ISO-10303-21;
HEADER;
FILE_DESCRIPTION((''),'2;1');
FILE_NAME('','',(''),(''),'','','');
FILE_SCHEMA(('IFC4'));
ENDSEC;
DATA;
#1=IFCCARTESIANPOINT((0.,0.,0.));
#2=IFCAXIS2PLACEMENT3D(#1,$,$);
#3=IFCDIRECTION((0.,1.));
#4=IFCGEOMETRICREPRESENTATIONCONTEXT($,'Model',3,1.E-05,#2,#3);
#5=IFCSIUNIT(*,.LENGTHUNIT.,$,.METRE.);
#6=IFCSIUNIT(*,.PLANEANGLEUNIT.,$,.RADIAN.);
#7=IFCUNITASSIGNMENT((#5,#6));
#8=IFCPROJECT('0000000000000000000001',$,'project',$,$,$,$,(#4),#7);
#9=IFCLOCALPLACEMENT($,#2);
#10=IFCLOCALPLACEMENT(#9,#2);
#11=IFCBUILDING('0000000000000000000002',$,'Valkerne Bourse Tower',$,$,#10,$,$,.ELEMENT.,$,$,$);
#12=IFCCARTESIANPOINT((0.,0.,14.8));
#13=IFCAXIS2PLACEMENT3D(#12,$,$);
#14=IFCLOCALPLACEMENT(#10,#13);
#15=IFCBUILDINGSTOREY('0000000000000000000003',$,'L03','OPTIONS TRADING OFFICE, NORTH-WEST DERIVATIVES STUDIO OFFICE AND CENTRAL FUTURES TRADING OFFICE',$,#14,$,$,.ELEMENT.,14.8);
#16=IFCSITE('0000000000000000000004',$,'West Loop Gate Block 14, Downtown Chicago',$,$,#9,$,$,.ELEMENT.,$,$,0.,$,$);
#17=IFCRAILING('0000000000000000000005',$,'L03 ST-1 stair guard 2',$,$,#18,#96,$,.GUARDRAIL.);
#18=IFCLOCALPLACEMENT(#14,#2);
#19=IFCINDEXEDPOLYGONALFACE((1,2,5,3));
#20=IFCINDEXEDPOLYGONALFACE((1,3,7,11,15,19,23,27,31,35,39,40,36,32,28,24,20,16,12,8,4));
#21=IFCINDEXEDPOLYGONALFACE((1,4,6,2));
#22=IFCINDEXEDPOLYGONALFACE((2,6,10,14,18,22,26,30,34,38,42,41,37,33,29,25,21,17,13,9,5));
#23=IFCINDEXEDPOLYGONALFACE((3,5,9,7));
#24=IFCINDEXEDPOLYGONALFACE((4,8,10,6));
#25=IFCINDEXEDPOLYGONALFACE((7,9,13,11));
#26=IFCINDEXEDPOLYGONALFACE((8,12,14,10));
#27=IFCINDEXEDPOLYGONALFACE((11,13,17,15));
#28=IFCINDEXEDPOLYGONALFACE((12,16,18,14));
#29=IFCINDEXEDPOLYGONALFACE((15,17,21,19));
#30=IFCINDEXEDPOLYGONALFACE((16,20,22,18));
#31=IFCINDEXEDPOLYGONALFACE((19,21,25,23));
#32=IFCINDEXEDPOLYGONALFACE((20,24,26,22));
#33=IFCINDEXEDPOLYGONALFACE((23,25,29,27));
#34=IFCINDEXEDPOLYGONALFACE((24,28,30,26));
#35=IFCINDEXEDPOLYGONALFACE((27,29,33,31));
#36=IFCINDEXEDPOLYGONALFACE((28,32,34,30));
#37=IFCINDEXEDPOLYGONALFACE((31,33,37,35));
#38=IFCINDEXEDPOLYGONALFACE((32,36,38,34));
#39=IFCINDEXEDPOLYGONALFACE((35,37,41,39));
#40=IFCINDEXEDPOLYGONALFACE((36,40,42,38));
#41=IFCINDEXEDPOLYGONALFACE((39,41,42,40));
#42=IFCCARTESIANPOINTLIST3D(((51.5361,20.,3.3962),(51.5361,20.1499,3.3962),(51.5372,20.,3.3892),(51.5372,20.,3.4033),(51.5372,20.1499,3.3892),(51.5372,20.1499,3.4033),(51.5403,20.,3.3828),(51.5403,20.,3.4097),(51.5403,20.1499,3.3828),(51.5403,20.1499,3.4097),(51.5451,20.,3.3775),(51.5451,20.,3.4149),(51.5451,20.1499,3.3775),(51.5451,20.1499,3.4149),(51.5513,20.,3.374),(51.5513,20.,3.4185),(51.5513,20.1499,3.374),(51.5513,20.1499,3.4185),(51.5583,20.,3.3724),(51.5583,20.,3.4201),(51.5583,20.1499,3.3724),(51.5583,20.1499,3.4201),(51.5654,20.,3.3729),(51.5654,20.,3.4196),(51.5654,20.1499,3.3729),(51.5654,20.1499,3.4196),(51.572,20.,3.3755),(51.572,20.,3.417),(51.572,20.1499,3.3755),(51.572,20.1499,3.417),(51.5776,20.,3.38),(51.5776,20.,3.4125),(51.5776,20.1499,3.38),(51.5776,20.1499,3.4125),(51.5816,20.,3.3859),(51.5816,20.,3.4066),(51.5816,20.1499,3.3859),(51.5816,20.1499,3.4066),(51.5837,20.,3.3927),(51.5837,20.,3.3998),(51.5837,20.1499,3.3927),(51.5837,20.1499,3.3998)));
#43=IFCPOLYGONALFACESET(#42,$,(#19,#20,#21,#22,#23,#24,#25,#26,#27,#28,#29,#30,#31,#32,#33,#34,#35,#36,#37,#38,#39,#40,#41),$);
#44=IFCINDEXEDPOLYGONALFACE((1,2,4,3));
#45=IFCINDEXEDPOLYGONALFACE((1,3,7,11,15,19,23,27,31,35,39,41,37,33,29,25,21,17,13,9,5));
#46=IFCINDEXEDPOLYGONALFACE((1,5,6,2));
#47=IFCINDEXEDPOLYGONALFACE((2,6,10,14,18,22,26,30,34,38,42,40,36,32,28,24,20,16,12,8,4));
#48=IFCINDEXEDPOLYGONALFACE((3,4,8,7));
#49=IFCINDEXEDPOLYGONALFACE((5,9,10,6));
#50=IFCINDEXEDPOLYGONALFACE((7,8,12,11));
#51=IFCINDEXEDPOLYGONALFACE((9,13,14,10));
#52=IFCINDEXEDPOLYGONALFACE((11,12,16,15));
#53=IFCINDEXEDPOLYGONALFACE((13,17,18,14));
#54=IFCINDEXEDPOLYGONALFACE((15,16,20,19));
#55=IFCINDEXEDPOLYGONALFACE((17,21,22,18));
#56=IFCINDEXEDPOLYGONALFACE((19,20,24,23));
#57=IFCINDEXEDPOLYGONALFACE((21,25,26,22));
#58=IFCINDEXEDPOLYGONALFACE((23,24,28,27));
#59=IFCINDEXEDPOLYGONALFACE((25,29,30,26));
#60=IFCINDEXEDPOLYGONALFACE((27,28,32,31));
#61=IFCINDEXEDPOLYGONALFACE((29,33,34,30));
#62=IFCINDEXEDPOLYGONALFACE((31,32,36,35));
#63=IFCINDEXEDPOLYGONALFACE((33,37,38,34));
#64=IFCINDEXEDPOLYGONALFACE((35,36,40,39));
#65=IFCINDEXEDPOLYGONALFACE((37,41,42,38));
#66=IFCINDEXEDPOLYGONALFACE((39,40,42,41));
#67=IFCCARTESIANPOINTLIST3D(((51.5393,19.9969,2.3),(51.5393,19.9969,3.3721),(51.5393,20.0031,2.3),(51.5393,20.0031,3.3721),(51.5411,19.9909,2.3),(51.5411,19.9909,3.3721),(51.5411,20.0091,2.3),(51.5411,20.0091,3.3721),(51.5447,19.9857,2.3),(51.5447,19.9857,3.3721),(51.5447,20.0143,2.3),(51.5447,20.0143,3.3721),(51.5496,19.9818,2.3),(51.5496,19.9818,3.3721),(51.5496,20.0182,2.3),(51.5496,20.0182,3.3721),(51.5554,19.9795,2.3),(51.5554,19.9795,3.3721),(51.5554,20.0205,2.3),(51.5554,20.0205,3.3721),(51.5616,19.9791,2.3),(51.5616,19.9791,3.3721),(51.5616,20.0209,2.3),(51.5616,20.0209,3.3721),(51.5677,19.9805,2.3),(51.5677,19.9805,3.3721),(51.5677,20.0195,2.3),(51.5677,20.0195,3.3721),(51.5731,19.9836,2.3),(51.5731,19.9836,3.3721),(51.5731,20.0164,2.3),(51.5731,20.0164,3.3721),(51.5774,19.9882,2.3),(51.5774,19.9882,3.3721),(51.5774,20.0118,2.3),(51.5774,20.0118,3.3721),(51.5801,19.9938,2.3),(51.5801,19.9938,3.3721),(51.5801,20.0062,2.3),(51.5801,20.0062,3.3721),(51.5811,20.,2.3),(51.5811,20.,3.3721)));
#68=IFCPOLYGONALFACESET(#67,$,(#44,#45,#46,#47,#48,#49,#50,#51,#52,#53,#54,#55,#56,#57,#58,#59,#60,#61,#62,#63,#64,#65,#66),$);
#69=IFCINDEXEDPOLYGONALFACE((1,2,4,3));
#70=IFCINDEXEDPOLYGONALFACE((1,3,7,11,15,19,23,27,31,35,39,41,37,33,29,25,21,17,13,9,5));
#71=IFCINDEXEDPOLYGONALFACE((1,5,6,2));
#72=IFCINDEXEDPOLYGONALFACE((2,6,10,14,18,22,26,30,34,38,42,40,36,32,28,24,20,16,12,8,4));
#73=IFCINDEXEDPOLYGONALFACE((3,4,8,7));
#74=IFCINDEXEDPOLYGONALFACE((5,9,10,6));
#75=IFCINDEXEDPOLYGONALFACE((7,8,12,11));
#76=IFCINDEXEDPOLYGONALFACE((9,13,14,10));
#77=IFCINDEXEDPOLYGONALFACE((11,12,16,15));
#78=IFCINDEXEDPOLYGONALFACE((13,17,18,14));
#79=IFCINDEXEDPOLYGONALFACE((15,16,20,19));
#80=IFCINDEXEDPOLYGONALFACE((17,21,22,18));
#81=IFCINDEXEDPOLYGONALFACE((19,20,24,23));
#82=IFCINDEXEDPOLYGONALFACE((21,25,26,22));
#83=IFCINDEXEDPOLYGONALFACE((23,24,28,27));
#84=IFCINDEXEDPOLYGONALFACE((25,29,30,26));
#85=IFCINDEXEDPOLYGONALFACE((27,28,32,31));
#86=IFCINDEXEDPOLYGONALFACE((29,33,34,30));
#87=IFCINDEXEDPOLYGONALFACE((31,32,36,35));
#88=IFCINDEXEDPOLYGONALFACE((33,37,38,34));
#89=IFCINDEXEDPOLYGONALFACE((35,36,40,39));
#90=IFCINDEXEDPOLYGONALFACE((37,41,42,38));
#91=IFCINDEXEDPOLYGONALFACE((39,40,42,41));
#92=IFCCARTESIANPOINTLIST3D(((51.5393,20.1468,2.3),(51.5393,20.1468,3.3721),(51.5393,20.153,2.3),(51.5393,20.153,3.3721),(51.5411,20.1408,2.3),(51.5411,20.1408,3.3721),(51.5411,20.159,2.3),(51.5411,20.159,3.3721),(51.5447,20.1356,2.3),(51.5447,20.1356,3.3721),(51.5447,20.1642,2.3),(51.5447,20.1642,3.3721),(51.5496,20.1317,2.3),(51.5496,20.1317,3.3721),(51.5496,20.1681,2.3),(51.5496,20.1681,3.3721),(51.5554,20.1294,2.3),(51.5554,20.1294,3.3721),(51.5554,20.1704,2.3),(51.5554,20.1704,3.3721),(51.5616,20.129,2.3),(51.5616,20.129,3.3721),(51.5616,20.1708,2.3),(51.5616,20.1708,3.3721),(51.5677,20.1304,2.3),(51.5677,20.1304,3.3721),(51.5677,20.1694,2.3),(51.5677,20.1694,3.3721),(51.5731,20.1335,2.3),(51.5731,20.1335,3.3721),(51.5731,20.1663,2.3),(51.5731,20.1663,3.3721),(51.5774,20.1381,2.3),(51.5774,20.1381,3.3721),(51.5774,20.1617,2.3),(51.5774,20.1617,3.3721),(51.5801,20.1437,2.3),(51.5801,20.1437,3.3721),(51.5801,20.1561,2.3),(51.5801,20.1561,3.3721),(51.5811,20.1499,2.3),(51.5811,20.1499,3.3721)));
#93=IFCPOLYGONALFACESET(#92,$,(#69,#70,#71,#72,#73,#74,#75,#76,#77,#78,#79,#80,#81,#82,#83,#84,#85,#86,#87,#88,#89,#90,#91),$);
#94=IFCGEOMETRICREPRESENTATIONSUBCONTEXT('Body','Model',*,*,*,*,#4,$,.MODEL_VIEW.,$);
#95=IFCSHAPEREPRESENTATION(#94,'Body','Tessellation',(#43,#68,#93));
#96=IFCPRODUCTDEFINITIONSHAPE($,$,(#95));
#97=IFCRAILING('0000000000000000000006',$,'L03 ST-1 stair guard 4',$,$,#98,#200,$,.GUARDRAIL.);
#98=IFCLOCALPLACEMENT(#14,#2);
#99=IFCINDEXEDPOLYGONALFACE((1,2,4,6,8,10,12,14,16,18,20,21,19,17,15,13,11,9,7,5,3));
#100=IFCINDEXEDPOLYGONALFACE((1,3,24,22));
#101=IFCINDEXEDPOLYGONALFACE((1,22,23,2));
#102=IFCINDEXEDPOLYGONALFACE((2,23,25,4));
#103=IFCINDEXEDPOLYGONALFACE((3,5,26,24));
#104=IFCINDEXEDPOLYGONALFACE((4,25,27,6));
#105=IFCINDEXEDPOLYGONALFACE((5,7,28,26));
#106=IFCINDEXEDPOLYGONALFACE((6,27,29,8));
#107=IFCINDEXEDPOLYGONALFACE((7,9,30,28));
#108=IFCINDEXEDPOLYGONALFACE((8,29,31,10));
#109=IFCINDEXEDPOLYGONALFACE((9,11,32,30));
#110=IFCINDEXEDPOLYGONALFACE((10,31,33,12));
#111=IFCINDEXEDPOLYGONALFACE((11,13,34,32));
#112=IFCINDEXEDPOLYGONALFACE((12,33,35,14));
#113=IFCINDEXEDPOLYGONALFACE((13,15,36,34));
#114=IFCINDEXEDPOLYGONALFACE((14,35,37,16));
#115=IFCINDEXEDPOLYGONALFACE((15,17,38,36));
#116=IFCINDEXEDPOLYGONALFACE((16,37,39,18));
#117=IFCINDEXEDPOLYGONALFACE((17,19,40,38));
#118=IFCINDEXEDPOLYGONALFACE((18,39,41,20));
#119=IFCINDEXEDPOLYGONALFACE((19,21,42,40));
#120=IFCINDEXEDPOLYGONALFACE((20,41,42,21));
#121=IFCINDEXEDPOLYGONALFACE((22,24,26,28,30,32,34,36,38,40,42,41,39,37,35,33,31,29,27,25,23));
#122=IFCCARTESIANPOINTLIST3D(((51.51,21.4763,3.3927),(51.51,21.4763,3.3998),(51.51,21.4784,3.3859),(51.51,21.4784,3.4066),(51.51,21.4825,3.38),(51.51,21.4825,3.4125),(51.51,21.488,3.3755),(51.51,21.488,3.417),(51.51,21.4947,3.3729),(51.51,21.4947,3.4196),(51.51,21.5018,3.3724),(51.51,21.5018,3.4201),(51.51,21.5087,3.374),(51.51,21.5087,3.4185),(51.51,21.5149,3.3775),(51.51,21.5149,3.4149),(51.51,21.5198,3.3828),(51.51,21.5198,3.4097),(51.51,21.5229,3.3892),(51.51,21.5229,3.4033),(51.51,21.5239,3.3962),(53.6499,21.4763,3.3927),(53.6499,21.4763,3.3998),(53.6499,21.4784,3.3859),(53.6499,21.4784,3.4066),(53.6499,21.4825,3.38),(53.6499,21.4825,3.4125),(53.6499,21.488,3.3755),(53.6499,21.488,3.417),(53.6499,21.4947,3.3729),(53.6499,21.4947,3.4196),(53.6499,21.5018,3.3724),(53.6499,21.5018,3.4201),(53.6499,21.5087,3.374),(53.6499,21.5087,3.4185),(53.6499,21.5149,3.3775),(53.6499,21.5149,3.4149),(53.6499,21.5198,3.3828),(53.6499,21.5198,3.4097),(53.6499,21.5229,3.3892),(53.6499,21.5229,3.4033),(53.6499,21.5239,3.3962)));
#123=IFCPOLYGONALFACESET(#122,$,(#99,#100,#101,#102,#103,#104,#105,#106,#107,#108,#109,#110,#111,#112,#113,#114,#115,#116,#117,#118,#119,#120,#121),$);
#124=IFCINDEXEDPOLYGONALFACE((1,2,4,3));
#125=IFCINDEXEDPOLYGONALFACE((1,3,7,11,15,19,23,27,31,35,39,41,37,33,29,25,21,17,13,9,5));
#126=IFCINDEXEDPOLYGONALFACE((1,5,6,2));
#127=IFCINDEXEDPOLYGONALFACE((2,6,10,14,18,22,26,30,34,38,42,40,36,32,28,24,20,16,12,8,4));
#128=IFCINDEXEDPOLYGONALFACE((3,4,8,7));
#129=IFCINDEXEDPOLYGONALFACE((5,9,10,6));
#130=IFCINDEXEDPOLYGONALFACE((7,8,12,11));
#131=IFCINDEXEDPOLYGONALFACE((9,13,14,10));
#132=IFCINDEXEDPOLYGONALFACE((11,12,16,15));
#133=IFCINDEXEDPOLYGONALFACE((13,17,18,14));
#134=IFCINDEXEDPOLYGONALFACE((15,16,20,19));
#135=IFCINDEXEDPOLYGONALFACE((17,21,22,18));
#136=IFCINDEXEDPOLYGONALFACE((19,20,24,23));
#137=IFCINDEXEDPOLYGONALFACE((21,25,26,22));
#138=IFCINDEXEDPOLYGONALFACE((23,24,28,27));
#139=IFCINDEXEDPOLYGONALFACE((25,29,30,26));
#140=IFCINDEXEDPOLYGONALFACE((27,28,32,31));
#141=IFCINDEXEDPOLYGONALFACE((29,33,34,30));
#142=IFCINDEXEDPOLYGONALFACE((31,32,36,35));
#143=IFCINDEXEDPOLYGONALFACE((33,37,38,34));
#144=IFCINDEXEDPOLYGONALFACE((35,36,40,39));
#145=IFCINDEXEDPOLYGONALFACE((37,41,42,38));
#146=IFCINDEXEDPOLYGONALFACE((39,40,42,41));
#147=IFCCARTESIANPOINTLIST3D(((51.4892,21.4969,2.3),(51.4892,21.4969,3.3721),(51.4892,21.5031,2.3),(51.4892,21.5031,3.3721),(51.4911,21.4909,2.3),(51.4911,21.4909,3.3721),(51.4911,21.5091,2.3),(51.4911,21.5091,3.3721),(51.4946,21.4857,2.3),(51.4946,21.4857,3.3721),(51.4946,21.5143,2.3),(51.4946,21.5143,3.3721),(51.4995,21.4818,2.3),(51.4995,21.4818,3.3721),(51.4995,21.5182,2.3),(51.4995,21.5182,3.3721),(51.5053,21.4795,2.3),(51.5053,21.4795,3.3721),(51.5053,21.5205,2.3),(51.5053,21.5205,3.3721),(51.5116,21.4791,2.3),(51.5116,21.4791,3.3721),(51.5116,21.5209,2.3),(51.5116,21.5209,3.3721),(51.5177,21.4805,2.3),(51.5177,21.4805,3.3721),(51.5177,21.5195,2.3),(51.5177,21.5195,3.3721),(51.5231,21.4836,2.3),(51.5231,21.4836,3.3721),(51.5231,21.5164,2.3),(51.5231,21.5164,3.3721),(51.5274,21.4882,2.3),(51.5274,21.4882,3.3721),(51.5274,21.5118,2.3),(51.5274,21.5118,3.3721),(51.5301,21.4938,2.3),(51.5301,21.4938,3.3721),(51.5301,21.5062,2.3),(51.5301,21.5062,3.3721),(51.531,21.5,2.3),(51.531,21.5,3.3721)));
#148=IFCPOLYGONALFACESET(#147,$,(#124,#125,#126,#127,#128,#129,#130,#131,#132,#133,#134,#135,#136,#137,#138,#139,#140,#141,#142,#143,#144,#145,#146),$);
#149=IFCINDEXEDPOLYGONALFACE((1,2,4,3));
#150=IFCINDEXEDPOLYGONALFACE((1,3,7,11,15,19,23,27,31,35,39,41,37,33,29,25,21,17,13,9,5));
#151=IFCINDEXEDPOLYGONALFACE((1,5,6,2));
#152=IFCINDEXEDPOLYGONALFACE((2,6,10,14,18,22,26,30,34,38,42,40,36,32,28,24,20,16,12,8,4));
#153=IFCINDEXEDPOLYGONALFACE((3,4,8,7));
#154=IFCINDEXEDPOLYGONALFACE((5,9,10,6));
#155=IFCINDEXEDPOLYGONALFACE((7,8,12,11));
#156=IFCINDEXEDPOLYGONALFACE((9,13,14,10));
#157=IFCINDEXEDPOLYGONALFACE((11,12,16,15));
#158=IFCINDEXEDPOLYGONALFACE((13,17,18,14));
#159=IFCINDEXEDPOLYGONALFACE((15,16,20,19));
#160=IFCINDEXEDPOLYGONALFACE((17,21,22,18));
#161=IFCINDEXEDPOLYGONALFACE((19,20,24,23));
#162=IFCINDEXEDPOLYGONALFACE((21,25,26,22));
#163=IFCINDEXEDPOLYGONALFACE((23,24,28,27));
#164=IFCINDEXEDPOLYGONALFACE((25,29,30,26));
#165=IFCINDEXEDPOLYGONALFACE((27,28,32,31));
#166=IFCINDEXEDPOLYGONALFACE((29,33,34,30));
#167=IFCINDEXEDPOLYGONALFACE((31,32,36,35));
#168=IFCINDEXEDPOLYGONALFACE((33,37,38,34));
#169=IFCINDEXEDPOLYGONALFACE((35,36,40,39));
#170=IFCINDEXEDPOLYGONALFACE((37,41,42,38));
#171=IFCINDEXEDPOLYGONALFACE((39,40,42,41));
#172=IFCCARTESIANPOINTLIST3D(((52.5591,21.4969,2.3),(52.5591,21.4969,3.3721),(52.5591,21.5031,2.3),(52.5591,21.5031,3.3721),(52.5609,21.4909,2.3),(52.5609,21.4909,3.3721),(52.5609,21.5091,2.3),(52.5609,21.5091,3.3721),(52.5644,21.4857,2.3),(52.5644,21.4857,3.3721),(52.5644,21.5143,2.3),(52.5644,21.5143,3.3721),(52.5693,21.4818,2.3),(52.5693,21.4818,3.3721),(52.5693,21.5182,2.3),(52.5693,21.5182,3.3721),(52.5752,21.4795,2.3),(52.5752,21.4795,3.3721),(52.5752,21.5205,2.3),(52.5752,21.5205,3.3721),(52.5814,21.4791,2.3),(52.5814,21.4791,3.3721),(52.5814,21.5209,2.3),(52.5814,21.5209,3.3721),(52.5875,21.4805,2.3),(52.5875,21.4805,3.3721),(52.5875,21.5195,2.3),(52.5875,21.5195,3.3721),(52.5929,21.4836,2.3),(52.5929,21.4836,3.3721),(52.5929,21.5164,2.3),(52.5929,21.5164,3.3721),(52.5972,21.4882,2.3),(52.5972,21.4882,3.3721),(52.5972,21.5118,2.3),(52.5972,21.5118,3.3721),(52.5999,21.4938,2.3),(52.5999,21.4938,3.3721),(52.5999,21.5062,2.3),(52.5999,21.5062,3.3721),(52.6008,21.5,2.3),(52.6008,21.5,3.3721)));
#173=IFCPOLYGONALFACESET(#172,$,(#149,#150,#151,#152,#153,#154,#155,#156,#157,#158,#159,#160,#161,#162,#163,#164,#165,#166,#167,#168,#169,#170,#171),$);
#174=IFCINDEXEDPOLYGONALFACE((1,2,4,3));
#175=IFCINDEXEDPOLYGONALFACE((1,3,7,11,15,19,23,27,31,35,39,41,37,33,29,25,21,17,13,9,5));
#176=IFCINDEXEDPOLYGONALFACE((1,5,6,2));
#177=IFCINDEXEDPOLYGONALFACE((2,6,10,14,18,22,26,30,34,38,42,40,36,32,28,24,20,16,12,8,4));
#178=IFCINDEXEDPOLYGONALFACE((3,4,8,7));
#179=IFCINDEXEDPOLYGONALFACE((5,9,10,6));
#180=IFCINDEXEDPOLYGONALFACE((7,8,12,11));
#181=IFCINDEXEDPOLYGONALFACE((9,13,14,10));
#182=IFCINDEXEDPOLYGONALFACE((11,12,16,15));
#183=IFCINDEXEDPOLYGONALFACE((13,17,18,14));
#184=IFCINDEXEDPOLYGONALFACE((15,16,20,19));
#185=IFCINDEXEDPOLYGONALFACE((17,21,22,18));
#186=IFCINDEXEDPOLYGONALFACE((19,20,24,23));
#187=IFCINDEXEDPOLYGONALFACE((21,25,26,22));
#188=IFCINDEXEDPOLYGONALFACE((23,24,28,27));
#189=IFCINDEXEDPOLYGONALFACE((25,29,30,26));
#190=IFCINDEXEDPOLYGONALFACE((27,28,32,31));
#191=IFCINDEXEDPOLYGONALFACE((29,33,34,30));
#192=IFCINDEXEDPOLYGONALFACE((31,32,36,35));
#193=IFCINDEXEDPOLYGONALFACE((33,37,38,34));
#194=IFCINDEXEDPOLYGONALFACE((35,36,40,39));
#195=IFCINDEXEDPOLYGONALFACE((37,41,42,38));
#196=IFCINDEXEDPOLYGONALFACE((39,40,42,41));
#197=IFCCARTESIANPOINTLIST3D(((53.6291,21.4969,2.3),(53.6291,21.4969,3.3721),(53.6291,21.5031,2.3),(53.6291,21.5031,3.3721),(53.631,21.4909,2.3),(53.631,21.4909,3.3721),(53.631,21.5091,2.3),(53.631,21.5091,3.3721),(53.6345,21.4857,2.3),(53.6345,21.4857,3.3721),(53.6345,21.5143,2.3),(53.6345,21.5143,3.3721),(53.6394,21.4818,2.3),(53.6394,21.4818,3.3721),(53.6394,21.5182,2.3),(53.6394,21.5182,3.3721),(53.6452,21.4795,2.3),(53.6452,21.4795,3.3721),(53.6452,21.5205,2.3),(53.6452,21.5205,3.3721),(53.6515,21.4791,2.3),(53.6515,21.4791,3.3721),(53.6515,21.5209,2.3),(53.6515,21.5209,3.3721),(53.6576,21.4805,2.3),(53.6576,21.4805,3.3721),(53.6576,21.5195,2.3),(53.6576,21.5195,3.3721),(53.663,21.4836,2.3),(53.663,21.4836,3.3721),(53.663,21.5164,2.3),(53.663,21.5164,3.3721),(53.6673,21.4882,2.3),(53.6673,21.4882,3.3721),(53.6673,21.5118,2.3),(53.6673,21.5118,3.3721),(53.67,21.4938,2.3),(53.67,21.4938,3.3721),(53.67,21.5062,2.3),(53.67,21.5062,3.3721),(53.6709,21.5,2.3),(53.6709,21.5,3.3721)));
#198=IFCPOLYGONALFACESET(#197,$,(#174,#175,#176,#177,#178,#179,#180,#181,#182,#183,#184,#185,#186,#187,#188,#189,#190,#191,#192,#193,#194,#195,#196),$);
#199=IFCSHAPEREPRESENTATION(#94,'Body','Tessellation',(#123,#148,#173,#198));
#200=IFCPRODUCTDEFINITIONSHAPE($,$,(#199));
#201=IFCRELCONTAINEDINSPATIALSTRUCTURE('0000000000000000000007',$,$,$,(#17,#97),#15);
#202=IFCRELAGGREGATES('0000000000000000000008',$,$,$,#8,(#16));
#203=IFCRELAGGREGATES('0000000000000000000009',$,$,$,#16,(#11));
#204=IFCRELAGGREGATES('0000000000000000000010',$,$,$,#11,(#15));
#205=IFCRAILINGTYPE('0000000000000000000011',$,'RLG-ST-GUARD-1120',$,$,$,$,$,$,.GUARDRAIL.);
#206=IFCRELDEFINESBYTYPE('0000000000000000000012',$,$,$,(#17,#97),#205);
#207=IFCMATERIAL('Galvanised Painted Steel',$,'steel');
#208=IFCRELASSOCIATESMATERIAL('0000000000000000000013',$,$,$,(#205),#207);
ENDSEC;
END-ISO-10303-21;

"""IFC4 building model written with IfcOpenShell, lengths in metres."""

from ifc_helpers import new_model, si_unit, direction, frame, origin, origin_2d, place, context, subcontext, project, spatial, circle, extrude, material, type_object, element, save


model = new_model("IFC4")

# Units and contexts
model_context = context("Model", 3, precision=1e-05, world=origin(), true_north=direction((0.0, 1.0)))
body_context = subcontext(model_context, "Body", "Model", "MODEL_VIEW")
ifc_project = project(units=[si_unit("LENGTHUNIT", "METRE"), si_unit("PLANEANGLEUNIT", "RADIAN")], contexts=[model_context])

# Site, building, storey
site_placement = place(None, origin())
site = spatial("IfcSite", under=ifc_project, at=site_placement, Name="West Loop Gate Block 14, Downtown Chicago", CompositionType="ELEMENT", RefElevation=0.0)
building_placement = place(site_placement, origin())
building = spatial("IfcBuilding", under=site, at=building_placement, Name="Valkerne Bourse Tower", CompositionType="ELEMENT")
storey_placement = place(building_placement, frame((0.0, 0.0, 14.8)))
storey = spatial("IfcBuildingStorey", under=building, at=storey_placement, Name="L03", Description="OPTIONS TRADING OFFICE, NORTH-WEST DERIVATIVES STUDIO OFFICE AND CENTRAL FUTURES TRADING OFFICE", CompositionType="ELEMENT", Elevation=14.8)

# Shared definitions
ifc_material_1 = material(Name="Galvanised Painted Steel", Category="steel")

# Railings
railing_type_1 = type_object("IfcRailingType", Name="RLG-ST-GUARD-1120", PredefinedType="GUARDRAIL", material=ifc_material_1)
railing_1_placement = place(storey_placement, frame((51.5601, 20.0, 2.3)))
element("IfcRailing", 1, at=railing_1_placement, inside=storey, type_object=railing_type_1, Name="L03 ST-1 stair guard 2", PredefinedType="GUARDRAIL", context=body_context, shape_type="SweptSolid", body=[
    extrude(circle(Radius=0.0239, at=origin_2d()), frame((0.0, 0.0, 1.0962), z_axis=(0.0, 1.0, 0.0), x_axis=(-1.0, 0.0, 0.0)), (0.0, 0.0, 1.0), 0.1499),
    extrude(circle(Radius=0.021, at=origin_2d()), origin(), (0.0, 0.0, 1.0), 1.072),
    extrude(circle(Radius=0.021, at=origin_2d()), frame((0.0, 0.1499, 0.0)), (0.0, 0.0, 1.0), 1.072),
])
railing_2_placement = place(storey_placement, frame((51.51, 21.5, 2.3)))
element("IfcRailing", 2, at=railing_2_placement, inside=storey, type_object=railing_type_1, Name="L03 ST-1 stair guard 4", PredefinedType="GUARDRAIL", context=body_context, shape_type="SweptSolid", body=[
    extrude(circle(Radius=0.0239, at=origin_2d()), frame((0.0, 0.0, 1.0962), z_axis=(1.0, 0.0, 0.0), x_axis=(0.0, 1.0, 0.0)), (0.0, 0.0, 1.0), 2.1399),
    extrude(circle(Radius=0.021, at=origin_2d()), origin(), (0.0, 0.0, 1.0), 1.072),
    extrude(circle(Radius=0.021, at=origin_2d()), frame((1.0698, 0.0, 0.0)), (0.0, 0.0, 1.0), 1.072),
    extrude(circle(Radius=0.021, at=origin_2d()), frame((2.1399, 0.0, 0.0)), (0.0, 0.0, 1.0), 1.072),
])

save(model, "model.ifc")
